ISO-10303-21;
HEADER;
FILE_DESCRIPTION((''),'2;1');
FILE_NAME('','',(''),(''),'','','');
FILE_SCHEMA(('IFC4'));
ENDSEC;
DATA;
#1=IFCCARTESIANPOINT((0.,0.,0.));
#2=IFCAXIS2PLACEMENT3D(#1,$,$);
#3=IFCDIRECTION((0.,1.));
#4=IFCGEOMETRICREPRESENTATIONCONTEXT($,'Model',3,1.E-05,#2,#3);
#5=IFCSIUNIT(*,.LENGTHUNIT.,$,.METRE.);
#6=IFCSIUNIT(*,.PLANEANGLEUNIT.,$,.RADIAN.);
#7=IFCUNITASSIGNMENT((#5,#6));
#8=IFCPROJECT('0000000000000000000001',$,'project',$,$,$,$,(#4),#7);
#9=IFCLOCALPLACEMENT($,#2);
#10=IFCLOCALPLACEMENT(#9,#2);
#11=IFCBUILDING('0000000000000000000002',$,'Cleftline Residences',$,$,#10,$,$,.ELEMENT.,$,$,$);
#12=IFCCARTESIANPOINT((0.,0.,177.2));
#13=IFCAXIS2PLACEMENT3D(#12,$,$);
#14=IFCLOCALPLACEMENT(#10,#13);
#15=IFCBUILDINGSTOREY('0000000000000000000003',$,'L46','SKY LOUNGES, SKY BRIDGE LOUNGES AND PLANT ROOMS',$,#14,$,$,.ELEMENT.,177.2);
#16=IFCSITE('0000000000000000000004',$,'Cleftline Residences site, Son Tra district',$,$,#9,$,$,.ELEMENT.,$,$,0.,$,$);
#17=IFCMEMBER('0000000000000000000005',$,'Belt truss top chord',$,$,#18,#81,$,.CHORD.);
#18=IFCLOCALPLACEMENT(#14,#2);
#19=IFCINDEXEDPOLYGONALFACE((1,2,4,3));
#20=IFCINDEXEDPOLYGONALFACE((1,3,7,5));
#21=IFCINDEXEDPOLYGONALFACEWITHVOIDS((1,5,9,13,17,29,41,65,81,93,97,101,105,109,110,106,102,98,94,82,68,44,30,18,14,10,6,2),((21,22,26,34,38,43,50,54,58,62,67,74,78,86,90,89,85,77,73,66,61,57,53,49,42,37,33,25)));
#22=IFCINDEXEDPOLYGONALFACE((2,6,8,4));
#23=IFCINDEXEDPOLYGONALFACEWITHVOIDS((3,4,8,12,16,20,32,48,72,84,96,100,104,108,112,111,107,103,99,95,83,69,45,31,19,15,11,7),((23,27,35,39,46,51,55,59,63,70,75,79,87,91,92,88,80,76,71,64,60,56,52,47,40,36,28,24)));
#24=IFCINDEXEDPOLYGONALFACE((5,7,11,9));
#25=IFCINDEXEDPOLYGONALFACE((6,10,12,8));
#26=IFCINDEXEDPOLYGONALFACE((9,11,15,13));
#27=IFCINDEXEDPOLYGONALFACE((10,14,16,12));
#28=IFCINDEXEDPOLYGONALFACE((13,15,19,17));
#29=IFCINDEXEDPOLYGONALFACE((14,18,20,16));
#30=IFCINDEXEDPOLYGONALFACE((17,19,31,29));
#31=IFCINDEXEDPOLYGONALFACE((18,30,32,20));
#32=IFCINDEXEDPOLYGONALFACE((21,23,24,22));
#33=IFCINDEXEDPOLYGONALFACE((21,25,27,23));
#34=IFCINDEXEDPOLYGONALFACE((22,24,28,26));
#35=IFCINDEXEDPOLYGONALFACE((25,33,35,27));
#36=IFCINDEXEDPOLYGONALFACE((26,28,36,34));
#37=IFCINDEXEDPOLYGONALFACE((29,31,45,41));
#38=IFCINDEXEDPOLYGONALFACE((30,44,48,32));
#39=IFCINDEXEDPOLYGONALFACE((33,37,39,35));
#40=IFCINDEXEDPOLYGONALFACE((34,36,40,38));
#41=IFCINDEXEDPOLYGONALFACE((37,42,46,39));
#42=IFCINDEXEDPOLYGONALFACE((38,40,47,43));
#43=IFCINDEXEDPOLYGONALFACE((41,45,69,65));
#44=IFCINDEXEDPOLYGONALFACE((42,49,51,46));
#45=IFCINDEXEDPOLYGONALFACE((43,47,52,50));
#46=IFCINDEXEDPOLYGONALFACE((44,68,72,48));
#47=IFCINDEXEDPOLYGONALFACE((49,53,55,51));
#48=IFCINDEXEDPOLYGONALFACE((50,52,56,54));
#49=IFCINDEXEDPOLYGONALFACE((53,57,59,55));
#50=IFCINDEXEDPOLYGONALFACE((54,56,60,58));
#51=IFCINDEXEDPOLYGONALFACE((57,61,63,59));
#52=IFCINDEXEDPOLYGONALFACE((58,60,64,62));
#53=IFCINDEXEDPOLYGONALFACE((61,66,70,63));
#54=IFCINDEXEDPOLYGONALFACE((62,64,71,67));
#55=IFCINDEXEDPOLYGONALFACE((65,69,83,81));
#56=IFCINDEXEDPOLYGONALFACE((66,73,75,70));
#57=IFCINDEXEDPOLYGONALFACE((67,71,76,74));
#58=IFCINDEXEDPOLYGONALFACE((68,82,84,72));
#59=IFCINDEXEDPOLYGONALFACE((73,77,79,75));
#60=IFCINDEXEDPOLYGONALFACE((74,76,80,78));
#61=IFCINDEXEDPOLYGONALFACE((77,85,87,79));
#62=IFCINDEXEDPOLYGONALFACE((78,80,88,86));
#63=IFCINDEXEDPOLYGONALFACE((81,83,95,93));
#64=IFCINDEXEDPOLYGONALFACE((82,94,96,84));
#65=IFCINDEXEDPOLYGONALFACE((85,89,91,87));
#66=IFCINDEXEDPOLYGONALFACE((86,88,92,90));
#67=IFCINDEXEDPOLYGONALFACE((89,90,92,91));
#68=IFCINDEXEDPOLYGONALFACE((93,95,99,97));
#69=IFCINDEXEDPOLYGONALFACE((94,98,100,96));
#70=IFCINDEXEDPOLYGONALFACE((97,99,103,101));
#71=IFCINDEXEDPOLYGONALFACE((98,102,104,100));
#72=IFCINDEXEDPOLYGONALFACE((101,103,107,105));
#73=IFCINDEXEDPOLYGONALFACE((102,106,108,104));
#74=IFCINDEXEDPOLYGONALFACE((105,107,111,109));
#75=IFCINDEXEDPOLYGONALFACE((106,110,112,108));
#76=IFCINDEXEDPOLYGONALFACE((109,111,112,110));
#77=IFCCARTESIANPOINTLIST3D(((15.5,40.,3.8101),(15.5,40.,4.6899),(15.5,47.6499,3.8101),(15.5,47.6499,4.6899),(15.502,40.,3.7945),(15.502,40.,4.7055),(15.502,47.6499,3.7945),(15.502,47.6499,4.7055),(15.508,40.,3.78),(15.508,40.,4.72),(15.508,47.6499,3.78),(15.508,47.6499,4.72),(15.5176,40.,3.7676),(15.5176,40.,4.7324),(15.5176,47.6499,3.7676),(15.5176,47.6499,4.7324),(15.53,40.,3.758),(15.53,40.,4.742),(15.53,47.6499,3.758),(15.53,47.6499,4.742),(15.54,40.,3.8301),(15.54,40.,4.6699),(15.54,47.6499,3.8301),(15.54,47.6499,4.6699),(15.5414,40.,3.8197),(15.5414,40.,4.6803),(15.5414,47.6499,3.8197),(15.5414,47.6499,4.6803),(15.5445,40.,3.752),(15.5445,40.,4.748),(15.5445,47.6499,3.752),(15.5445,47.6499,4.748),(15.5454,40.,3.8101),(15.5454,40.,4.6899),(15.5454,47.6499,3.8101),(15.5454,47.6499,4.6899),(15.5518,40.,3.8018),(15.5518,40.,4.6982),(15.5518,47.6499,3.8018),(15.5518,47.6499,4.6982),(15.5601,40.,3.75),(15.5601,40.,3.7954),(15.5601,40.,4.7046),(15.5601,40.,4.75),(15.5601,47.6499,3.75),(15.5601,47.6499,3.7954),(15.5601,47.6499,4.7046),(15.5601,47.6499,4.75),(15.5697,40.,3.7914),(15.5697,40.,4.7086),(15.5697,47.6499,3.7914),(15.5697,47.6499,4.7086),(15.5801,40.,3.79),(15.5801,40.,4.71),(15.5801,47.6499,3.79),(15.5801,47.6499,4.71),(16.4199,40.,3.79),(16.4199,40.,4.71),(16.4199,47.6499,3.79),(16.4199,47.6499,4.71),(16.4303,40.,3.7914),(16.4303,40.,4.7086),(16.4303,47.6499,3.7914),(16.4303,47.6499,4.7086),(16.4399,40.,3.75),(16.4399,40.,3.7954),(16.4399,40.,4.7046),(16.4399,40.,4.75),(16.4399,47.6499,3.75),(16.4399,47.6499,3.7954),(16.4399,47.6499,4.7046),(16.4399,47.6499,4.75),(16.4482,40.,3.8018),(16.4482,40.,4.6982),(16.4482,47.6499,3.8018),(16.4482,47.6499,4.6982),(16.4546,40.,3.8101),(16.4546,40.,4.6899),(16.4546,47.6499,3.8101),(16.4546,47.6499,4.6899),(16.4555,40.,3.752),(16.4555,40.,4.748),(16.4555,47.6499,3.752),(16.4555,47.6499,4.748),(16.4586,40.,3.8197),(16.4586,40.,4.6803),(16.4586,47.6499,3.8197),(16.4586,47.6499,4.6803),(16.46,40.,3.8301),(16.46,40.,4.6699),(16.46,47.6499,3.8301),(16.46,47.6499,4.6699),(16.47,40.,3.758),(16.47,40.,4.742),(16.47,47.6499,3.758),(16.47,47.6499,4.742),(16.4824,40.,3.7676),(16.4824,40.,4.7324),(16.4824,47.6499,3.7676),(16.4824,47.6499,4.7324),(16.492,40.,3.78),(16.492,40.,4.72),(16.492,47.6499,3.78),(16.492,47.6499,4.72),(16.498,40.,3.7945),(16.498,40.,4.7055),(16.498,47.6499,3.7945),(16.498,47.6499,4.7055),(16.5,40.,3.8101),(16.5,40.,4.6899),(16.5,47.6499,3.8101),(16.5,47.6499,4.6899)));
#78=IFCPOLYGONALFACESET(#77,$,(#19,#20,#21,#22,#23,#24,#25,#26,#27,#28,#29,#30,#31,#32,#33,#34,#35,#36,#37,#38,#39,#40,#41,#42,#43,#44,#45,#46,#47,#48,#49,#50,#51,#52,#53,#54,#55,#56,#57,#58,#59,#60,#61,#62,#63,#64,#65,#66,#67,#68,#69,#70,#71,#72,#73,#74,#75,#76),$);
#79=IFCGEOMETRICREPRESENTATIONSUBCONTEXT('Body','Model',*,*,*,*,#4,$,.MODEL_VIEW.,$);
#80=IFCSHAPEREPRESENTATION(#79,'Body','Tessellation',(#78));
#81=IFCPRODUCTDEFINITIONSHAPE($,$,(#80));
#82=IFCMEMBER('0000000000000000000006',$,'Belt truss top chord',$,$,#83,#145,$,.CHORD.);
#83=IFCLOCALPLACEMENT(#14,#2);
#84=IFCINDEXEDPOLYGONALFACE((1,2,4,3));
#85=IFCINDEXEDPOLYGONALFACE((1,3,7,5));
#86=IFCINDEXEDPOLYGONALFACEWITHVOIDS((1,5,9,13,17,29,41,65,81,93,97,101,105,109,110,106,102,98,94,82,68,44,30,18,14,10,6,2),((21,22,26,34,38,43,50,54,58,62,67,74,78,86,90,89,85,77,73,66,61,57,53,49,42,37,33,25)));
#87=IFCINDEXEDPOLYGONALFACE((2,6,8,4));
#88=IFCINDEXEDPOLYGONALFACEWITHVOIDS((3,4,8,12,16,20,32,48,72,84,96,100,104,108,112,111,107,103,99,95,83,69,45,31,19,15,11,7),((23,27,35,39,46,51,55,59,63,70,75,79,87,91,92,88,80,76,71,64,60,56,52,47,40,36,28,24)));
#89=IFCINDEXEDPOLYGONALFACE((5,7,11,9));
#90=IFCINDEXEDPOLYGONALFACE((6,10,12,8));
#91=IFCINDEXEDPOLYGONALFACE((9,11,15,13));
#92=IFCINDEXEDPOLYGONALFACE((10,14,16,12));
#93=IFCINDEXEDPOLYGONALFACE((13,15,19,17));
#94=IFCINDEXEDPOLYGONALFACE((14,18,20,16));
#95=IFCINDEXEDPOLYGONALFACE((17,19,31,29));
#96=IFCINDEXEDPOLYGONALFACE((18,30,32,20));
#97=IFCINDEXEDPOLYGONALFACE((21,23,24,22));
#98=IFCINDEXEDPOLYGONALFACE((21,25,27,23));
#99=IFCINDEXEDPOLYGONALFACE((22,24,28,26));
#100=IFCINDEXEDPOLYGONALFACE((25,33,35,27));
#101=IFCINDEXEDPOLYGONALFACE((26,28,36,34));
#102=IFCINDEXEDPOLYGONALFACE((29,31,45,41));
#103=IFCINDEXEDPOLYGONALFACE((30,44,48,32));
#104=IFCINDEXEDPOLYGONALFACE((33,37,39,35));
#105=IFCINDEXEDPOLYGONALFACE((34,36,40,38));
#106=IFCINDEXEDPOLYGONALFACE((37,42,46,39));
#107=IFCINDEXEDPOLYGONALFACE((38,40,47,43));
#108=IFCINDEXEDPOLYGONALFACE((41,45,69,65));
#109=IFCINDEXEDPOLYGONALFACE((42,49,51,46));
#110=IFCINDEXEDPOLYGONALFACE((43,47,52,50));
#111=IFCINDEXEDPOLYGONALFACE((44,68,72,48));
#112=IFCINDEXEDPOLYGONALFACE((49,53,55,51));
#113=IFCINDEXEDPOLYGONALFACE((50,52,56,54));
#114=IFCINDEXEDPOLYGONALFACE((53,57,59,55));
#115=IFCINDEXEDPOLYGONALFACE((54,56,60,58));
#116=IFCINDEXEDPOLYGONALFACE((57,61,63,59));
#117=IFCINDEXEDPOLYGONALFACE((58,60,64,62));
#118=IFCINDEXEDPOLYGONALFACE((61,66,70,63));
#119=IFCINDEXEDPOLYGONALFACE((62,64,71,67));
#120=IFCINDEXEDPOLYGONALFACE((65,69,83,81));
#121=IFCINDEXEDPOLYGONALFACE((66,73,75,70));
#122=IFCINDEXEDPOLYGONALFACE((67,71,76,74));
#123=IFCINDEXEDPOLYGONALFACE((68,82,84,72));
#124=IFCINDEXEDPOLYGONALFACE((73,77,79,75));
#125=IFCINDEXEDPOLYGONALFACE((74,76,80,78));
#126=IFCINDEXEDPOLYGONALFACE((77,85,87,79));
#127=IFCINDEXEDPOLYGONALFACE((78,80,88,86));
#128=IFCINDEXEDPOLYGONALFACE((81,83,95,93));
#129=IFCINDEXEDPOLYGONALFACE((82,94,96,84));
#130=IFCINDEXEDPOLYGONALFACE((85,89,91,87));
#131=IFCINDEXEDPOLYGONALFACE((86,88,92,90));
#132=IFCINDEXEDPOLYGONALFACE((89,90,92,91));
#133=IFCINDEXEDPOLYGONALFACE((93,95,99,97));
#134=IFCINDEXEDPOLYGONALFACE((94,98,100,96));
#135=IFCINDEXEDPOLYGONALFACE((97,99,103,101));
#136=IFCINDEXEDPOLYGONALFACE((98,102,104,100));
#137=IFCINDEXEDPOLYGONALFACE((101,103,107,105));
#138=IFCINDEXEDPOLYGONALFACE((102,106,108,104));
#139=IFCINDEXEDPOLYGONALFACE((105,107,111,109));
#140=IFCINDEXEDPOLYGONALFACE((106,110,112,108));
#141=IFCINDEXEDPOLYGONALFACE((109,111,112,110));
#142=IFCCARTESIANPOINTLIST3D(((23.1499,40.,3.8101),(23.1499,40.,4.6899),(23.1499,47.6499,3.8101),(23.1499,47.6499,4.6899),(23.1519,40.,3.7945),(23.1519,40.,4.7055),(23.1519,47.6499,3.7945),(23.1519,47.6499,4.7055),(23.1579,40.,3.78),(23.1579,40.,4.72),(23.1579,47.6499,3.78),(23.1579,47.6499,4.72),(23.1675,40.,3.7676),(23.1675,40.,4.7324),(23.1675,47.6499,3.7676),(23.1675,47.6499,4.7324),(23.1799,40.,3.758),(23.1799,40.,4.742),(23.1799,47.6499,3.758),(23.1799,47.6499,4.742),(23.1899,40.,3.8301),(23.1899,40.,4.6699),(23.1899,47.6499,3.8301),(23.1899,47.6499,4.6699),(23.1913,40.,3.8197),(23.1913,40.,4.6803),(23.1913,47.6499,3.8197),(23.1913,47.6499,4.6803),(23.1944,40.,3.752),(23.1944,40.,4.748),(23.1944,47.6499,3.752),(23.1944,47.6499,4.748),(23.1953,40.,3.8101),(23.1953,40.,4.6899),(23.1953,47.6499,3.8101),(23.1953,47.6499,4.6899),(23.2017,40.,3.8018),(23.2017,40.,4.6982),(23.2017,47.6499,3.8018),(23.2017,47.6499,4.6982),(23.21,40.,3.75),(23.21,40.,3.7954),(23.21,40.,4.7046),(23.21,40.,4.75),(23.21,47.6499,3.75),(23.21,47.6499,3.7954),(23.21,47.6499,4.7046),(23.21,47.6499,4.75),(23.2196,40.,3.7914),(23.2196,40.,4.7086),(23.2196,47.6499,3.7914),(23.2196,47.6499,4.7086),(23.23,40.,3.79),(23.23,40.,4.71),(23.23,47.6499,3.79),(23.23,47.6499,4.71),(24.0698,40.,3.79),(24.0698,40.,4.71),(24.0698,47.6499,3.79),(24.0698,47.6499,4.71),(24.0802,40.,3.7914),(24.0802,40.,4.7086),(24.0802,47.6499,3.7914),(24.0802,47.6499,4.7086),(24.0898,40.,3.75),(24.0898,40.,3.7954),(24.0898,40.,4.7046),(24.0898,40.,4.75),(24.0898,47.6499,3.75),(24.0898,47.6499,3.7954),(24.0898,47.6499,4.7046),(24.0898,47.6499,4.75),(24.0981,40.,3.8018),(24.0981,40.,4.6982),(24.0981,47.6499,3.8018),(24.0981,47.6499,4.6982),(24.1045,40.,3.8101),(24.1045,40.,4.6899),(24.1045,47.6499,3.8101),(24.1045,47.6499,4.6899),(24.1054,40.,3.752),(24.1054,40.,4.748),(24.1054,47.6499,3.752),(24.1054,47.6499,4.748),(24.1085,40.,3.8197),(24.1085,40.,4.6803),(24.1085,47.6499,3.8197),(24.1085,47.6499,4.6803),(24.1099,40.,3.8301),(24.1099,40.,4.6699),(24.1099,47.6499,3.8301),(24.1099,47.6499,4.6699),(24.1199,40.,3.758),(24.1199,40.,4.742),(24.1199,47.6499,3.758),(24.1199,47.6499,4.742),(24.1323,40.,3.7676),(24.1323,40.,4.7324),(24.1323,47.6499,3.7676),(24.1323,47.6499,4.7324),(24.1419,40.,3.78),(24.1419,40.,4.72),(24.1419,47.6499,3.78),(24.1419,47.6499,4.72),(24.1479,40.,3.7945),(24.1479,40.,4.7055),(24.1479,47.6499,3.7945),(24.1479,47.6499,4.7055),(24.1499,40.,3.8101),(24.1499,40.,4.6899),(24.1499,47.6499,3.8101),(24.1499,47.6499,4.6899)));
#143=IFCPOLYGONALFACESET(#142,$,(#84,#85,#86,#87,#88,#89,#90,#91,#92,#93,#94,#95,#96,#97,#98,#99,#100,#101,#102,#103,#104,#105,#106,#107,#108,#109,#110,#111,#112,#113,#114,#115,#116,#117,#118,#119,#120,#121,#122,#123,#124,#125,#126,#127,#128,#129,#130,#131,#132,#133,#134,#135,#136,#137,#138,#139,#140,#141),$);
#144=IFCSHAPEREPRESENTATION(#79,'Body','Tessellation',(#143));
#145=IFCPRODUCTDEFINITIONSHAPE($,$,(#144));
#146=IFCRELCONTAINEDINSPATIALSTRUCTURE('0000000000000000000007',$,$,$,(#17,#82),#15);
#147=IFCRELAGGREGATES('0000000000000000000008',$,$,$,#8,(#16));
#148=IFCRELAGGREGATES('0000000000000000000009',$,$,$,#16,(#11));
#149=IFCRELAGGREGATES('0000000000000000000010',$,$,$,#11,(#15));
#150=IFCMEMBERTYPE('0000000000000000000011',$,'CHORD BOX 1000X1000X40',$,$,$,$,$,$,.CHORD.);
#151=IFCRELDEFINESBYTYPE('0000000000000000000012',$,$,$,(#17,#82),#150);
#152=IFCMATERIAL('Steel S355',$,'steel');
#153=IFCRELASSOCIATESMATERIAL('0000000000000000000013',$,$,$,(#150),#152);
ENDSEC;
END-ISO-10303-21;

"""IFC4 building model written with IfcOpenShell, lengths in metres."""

from ifc_helpers import new_model, si_unit, direction, frame, origin, origin_2d, place, context, subcontext, project, spatial, hollow_rectangle, extrude, material, material_profile, profile_set, type_object, element, save


model = new_model("IFC4")

# Units and contexts
model_context = context("Model", 3, precision=1e-05, world=origin(), true_north=direction((0.0, 1.0)))
body_context = subcontext(model_context, "Body", "Model", "MODEL_VIEW")
ifc_project = project(units=[si_unit("LENGTHUNIT", "METRE"), si_unit("PLANEANGLEUNIT", "RADIAN")], contexts=[model_context])

# Site, building, storey
site_placement = place(None, origin())
site = spatial("IfcSite", under=ifc_project, at=site_placement, Name="Cleftline Residences site, Son Tra district", CompositionType="ELEMENT", RefElevation=0.0)
building_placement = place(site_placement, origin())
building = spatial("IfcBuilding", under=site, at=building_placement, Name="Cleftline Residences", CompositionType="ELEMENT")
storey_placement = place(building_placement, frame((0.0, 0.0, 177.2)))
storey = spatial("IfcBuildingStorey", under=building, at=storey_placement, Name="L46", Description="SKY LOUNGES, SKY BRIDGE LOUNGES AND PLANT ROOMS", CompositionType="ELEMENT", Elevation=177.2)

# Members
ifc_material_1 = material(Name="Steel S355", Category="steel")
ifc_material_profile_1 = material_profile(ifc_material_1, hollow_rectangle(XDim=1.0, YDim=1.0, WallThickness=0.04, InnerFilletRadius=0.04, OuterFilletRadius=0.0601, at=origin_2d()))
ifc_profile_set_1 = profile_set([ifc_material_profile_1], Name="Steel S355")
member_type_1 = type_object("IfcMemberType", Name="CHORD BOX 1000X1000X40", PredefinedType="CHORD", material=ifc_profile_set_1)
for number, where, z_axis, x_axis, name in (
    (1, (16.0, 40.0, 4.25), (0.0, 1.0, 0.0), (-1.0, 0.0, 0.0), "Belt truss top chord"),
    (2, (23.6499, 40.0, 4.25), (0.0, 1.0, 0.0), (-1.0, 0.0, 0.0), "Belt truss top chord"),
):
    element("IfcMember", number, at=place(storey_placement, frame(where, z_axis=z_axis, x_axis=x_axis)), inside=storey, type_object=member_type_1, Name=name, PredefinedType="CHORD", context=body_context, shape_type="SweptSolid", body=[
        extrude(hollow_rectangle(XDim=1.0, YDim=1.0, WallThickness=0.04, InnerFilletRadius=0.04, OuterFilletRadius=0.0601, at=origin_2d()), origin(), (0.0, 0.0, 1.0), 7.6499),
    ])

save(model, "model.ifc")
